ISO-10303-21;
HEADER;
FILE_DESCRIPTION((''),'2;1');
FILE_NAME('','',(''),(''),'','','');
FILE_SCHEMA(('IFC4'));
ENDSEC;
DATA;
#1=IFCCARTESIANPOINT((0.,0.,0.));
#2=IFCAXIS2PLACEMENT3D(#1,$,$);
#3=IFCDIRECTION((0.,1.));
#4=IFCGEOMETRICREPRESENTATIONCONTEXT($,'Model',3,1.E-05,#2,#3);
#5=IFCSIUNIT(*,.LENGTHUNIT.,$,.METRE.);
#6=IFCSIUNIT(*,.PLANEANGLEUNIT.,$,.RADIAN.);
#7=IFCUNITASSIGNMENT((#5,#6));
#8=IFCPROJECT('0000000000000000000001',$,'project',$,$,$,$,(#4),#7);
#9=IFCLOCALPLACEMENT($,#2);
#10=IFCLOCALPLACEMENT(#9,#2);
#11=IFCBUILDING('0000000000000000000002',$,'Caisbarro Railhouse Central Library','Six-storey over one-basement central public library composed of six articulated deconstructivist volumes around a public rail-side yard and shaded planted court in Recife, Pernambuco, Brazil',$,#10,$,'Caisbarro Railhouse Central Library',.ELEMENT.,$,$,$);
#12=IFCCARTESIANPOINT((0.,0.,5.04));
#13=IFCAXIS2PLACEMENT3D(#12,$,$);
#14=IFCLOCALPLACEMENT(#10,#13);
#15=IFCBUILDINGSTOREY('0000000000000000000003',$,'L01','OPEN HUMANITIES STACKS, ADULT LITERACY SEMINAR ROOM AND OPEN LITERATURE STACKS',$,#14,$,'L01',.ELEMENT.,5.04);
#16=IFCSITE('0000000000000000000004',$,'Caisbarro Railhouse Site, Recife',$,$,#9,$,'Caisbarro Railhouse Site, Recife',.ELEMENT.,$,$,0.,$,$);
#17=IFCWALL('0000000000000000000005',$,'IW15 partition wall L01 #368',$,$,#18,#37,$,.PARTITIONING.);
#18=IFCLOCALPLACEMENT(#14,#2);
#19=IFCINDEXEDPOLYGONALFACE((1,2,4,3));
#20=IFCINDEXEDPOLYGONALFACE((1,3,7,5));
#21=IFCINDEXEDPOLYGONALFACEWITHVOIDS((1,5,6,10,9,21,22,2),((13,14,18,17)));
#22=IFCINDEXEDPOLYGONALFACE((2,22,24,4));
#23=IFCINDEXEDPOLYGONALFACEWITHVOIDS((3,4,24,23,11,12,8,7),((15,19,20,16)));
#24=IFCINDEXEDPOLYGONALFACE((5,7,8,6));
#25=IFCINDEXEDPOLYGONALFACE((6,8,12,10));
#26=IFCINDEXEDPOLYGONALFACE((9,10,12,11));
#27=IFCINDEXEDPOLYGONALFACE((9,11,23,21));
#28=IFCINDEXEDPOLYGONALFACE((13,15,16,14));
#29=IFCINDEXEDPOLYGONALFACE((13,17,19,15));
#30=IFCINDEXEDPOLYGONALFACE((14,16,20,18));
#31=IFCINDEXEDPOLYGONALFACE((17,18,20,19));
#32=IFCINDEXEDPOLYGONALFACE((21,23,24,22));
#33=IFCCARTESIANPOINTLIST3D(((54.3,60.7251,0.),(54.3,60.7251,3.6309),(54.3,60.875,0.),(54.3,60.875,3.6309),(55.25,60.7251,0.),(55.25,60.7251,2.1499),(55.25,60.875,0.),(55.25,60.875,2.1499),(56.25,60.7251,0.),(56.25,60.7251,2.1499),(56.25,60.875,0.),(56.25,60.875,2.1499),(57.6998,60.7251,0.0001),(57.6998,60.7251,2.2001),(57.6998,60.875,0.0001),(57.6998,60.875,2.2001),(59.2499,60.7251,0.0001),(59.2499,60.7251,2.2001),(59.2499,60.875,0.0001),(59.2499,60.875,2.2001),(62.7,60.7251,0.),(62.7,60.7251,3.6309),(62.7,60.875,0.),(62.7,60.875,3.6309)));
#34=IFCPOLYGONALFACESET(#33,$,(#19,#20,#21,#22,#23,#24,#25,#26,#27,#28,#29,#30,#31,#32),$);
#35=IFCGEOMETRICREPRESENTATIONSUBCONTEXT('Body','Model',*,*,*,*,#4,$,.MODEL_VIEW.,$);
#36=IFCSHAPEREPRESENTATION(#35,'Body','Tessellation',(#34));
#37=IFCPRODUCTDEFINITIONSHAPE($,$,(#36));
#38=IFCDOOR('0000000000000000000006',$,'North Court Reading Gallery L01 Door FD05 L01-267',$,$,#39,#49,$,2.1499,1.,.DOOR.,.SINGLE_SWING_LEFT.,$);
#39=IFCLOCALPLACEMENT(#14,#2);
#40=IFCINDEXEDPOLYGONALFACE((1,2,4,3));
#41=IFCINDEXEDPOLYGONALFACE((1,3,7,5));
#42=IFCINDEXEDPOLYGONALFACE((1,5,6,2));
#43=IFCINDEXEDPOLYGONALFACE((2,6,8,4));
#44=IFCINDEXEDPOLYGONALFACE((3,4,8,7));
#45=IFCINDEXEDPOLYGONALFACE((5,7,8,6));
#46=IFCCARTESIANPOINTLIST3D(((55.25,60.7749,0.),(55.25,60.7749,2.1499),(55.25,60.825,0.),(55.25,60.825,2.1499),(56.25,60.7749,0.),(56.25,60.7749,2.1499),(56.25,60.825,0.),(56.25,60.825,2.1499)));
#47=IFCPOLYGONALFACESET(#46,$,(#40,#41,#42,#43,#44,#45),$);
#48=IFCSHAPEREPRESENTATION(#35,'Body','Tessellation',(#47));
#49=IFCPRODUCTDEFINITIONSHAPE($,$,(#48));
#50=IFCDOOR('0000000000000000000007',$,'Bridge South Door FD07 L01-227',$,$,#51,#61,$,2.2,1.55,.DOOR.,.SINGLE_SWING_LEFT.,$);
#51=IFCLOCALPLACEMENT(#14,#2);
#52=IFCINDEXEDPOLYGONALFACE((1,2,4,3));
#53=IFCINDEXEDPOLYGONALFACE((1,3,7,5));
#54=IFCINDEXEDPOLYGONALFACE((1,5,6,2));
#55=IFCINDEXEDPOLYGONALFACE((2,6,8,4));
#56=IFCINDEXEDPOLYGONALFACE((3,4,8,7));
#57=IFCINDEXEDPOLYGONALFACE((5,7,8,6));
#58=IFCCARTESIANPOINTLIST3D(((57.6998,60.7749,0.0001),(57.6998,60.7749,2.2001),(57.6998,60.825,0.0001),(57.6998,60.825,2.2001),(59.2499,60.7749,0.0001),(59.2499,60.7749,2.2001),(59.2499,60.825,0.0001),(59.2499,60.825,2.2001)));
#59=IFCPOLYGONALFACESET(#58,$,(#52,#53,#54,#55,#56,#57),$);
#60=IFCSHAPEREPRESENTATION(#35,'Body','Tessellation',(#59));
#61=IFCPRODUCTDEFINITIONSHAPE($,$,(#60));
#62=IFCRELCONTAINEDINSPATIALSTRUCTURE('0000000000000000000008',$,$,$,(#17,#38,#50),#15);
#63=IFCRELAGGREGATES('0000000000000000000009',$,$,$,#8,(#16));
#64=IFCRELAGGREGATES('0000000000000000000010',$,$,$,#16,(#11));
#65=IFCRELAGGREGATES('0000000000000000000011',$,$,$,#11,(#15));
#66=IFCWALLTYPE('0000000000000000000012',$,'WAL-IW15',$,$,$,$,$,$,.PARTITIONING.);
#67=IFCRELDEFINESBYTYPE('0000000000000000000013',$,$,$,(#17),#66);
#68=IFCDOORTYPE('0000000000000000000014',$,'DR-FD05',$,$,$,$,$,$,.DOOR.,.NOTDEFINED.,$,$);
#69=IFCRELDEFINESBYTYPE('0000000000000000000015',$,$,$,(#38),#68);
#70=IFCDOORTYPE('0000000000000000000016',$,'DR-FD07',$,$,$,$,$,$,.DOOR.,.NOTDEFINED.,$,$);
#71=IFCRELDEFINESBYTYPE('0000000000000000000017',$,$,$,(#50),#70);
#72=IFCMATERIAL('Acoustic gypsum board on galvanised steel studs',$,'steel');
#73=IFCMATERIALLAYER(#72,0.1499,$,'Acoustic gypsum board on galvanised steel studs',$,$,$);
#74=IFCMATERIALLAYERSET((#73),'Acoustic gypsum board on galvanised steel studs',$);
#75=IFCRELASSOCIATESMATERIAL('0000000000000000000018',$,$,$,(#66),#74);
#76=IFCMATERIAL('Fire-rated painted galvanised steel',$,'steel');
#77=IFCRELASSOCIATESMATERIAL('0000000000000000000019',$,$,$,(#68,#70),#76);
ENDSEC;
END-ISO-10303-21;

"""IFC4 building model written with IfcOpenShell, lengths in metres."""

from ifc_helpers import new_model, si_unit, direction, frame, frame_2d, origin, place, context, subcontext, project, spatial, rectangle, extrude, material, layer, layer_set, type_object, element, fill, save


model = new_model("IFC4")

# Units and contexts
model_context = context("Model", 3, precision=1e-05, world=origin(), true_north=direction((0.0, 1.0)))
body_context = subcontext(model_context, "Body", "Model", "MODEL_VIEW")
ifc_project = project(units=[si_unit("LENGTHUNIT", "METRE"), si_unit("PLANEANGLEUNIT", "RADIAN")], contexts=[model_context])

# Site, building, storey
site_placement = place(None, origin())
site = spatial("IfcSite", under=ifc_project, at=site_placement, Name="Caisbarro Railhouse Site, Recife", LongName="Caisbarro Railhouse Site, Recife", CompositionType="ELEMENT", RefElevation=0.0)
building_placement = place(site_placement, origin())
building = spatial("IfcBuilding", under=site, at=building_placement, Name="Caisbarro Railhouse Central Library", Description="Six-storey over one-basement central public library composed of six articulated deconstructivist volumes around a public rail-side yard and shaded planted court in Recife, Pernambuco, Brazil", LongName="Caisbarro Railhouse Central Library", CompositionType="ELEMENT")
storey_placement = place(building_placement, frame((0.0, 0.0, 5.04)))
storey = spatial("IfcBuildingStorey", under=building, at=storey_placement, Name="L01", Description="OPEN HUMANITIES STACKS, ADULT LITERACY SEMINAR ROOM AND OPEN LITERATURE STACKS", LongName="L01", CompositionType="ELEMENT", Elevation=5.04)

# Wall, openings, doors
ifc_material_1 = material(Name="Acoustic gypsum board on galvanised steel studs", Category="steel")
ifc_layer_1 = layer(ifc_material_1, 0.1499, Name="Acoustic gypsum board on galvanised steel studs")
ifc_layer_set_1 = layer_set([ifc_layer_1], Name="Acoustic gypsum board on galvanised steel studs")
wall_type = type_object("IfcWallType", Name="WAL-IW15", PredefinedType="PARTITIONING", material=ifc_layer_set_1)
wall_placement = place(storey_placement, frame((54.3, 60.8, 0.0), z_axis=(0.0, 0.0, 1.0), x_axis=(1.0, 0.0, 0.0)))
wall = element("IfcWall", 1, at=wall_placement, inside=storey, type_object=wall_type, Name="IW15 partition wall L01 #368", PredefinedType="PARTITIONING", context=body_context, shape_type="SweptSolid", body=[
    extrude(rectangle(XDim=8.3999, YDim=0.1499, at=frame_2d((4.2, 0.0))), origin(), (0.0, 0.0, 1.0), 3.6309),
])
opening_1_placement = place(wall_placement, frame((3.3999, 0.0, 0.0)))
opening_1 = element("IfcOpeningElement", 2, at=opening_1_placement, cuts=wall, PredefinedType="OPENING", context=body_context, shape_type="SweptSolid", body=[
    extrude(rectangle(XDim=1.55, YDim=2.2, at=frame_2d((0.7749, 1.1001))), frame((0.0, 0.085, 0.0), z_axis=(0.0, -1.0, 0.0), x_axis=(1.0, 0.0, 0.0)), (0.0, 0.0, 1.0), 0.1699),
])
opening_2_placement = place(wall_placement, frame((0.95, 0.0, 0.0)))
opening_2 = element("IfcOpeningElement", 3, at=opening_2_placement, cuts=wall, PredefinedType="OPENING", context=body_context, shape_type="SweptSolid", body=[
    extrude(rectangle(XDim=1.0, YDim=2.1499, at=frame_2d((0.5, 1.075))), frame((0.0, 0.085, 0.0), z_axis=(0.0, -1.0, 0.0), x_axis=(1.0, 0.0, 0.0)), (0.0, 0.0, 1.0), 0.1699),
])
ifc_material_2 = material(Name="Fire-rated painted galvanised steel", Category="steel")
door_type_1 = type_object("IfcDoorType", Name="DR-FD05", OperationType="NOTDEFINED", PredefinedType="DOOR", material=ifc_material_2)
door_1_placement = place(opening_2_placement, origin())
door_1 = element("IfcDoor", 4, at=door_1_placement, inside=storey, type_object=door_type_1, Name="North Court Reading Gallery L01 Door FD05 L01-267", OperationType="SINGLE_SWING_LEFT", OverallHeight=2.1499, OverallWidth=1.0, PredefinedType="DOOR", context=body_context, shape_type="SweptSolid", body=[
    extrude(rectangle(XDim=1.0, YDim=2.1499, at=frame_2d((0.5, 1.075))), frame((0.0, 0.0249, 0.0), z_axis=(0.0, -1.0, 0.0), x_axis=(1.0, 0.0, 0.0)), (0.0, 0.0, 1.0), 0.05),
])
fill(opening_2, door_1)
door_type_2 = type_object("IfcDoorType", Name="DR-FD07", OperationType="NOTDEFINED", PredefinedType="DOOR", material=ifc_material_2)
door_2_placement = place(opening_1_placement, origin())
door_2 = element("IfcDoor", 5, at=door_2_placement, inside=storey, type_object=door_type_2, Name="Bridge South Door FD07 L01-227", OperationType="SINGLE_SWING_LEFT", OverallHeight=2.2, OverallWidth=1.55, PredefinedType="DOOR", context=body_context, shape_type="SweptSolid", body=[
    extrude(rectangle(XDim=1.55, YDim=2.2, at=frame_2d((0.7749, 1.1001))), frame((0.0, 0.0249, 0.0), z_axis=(0.0, -1.0, 0.0), x_axis=(1.0, 0.0, 0.0)), (0.0, 0.0, 1.0), 0.05),
])
fill(opening_1, door_2)

save(model, "model.ifc")
